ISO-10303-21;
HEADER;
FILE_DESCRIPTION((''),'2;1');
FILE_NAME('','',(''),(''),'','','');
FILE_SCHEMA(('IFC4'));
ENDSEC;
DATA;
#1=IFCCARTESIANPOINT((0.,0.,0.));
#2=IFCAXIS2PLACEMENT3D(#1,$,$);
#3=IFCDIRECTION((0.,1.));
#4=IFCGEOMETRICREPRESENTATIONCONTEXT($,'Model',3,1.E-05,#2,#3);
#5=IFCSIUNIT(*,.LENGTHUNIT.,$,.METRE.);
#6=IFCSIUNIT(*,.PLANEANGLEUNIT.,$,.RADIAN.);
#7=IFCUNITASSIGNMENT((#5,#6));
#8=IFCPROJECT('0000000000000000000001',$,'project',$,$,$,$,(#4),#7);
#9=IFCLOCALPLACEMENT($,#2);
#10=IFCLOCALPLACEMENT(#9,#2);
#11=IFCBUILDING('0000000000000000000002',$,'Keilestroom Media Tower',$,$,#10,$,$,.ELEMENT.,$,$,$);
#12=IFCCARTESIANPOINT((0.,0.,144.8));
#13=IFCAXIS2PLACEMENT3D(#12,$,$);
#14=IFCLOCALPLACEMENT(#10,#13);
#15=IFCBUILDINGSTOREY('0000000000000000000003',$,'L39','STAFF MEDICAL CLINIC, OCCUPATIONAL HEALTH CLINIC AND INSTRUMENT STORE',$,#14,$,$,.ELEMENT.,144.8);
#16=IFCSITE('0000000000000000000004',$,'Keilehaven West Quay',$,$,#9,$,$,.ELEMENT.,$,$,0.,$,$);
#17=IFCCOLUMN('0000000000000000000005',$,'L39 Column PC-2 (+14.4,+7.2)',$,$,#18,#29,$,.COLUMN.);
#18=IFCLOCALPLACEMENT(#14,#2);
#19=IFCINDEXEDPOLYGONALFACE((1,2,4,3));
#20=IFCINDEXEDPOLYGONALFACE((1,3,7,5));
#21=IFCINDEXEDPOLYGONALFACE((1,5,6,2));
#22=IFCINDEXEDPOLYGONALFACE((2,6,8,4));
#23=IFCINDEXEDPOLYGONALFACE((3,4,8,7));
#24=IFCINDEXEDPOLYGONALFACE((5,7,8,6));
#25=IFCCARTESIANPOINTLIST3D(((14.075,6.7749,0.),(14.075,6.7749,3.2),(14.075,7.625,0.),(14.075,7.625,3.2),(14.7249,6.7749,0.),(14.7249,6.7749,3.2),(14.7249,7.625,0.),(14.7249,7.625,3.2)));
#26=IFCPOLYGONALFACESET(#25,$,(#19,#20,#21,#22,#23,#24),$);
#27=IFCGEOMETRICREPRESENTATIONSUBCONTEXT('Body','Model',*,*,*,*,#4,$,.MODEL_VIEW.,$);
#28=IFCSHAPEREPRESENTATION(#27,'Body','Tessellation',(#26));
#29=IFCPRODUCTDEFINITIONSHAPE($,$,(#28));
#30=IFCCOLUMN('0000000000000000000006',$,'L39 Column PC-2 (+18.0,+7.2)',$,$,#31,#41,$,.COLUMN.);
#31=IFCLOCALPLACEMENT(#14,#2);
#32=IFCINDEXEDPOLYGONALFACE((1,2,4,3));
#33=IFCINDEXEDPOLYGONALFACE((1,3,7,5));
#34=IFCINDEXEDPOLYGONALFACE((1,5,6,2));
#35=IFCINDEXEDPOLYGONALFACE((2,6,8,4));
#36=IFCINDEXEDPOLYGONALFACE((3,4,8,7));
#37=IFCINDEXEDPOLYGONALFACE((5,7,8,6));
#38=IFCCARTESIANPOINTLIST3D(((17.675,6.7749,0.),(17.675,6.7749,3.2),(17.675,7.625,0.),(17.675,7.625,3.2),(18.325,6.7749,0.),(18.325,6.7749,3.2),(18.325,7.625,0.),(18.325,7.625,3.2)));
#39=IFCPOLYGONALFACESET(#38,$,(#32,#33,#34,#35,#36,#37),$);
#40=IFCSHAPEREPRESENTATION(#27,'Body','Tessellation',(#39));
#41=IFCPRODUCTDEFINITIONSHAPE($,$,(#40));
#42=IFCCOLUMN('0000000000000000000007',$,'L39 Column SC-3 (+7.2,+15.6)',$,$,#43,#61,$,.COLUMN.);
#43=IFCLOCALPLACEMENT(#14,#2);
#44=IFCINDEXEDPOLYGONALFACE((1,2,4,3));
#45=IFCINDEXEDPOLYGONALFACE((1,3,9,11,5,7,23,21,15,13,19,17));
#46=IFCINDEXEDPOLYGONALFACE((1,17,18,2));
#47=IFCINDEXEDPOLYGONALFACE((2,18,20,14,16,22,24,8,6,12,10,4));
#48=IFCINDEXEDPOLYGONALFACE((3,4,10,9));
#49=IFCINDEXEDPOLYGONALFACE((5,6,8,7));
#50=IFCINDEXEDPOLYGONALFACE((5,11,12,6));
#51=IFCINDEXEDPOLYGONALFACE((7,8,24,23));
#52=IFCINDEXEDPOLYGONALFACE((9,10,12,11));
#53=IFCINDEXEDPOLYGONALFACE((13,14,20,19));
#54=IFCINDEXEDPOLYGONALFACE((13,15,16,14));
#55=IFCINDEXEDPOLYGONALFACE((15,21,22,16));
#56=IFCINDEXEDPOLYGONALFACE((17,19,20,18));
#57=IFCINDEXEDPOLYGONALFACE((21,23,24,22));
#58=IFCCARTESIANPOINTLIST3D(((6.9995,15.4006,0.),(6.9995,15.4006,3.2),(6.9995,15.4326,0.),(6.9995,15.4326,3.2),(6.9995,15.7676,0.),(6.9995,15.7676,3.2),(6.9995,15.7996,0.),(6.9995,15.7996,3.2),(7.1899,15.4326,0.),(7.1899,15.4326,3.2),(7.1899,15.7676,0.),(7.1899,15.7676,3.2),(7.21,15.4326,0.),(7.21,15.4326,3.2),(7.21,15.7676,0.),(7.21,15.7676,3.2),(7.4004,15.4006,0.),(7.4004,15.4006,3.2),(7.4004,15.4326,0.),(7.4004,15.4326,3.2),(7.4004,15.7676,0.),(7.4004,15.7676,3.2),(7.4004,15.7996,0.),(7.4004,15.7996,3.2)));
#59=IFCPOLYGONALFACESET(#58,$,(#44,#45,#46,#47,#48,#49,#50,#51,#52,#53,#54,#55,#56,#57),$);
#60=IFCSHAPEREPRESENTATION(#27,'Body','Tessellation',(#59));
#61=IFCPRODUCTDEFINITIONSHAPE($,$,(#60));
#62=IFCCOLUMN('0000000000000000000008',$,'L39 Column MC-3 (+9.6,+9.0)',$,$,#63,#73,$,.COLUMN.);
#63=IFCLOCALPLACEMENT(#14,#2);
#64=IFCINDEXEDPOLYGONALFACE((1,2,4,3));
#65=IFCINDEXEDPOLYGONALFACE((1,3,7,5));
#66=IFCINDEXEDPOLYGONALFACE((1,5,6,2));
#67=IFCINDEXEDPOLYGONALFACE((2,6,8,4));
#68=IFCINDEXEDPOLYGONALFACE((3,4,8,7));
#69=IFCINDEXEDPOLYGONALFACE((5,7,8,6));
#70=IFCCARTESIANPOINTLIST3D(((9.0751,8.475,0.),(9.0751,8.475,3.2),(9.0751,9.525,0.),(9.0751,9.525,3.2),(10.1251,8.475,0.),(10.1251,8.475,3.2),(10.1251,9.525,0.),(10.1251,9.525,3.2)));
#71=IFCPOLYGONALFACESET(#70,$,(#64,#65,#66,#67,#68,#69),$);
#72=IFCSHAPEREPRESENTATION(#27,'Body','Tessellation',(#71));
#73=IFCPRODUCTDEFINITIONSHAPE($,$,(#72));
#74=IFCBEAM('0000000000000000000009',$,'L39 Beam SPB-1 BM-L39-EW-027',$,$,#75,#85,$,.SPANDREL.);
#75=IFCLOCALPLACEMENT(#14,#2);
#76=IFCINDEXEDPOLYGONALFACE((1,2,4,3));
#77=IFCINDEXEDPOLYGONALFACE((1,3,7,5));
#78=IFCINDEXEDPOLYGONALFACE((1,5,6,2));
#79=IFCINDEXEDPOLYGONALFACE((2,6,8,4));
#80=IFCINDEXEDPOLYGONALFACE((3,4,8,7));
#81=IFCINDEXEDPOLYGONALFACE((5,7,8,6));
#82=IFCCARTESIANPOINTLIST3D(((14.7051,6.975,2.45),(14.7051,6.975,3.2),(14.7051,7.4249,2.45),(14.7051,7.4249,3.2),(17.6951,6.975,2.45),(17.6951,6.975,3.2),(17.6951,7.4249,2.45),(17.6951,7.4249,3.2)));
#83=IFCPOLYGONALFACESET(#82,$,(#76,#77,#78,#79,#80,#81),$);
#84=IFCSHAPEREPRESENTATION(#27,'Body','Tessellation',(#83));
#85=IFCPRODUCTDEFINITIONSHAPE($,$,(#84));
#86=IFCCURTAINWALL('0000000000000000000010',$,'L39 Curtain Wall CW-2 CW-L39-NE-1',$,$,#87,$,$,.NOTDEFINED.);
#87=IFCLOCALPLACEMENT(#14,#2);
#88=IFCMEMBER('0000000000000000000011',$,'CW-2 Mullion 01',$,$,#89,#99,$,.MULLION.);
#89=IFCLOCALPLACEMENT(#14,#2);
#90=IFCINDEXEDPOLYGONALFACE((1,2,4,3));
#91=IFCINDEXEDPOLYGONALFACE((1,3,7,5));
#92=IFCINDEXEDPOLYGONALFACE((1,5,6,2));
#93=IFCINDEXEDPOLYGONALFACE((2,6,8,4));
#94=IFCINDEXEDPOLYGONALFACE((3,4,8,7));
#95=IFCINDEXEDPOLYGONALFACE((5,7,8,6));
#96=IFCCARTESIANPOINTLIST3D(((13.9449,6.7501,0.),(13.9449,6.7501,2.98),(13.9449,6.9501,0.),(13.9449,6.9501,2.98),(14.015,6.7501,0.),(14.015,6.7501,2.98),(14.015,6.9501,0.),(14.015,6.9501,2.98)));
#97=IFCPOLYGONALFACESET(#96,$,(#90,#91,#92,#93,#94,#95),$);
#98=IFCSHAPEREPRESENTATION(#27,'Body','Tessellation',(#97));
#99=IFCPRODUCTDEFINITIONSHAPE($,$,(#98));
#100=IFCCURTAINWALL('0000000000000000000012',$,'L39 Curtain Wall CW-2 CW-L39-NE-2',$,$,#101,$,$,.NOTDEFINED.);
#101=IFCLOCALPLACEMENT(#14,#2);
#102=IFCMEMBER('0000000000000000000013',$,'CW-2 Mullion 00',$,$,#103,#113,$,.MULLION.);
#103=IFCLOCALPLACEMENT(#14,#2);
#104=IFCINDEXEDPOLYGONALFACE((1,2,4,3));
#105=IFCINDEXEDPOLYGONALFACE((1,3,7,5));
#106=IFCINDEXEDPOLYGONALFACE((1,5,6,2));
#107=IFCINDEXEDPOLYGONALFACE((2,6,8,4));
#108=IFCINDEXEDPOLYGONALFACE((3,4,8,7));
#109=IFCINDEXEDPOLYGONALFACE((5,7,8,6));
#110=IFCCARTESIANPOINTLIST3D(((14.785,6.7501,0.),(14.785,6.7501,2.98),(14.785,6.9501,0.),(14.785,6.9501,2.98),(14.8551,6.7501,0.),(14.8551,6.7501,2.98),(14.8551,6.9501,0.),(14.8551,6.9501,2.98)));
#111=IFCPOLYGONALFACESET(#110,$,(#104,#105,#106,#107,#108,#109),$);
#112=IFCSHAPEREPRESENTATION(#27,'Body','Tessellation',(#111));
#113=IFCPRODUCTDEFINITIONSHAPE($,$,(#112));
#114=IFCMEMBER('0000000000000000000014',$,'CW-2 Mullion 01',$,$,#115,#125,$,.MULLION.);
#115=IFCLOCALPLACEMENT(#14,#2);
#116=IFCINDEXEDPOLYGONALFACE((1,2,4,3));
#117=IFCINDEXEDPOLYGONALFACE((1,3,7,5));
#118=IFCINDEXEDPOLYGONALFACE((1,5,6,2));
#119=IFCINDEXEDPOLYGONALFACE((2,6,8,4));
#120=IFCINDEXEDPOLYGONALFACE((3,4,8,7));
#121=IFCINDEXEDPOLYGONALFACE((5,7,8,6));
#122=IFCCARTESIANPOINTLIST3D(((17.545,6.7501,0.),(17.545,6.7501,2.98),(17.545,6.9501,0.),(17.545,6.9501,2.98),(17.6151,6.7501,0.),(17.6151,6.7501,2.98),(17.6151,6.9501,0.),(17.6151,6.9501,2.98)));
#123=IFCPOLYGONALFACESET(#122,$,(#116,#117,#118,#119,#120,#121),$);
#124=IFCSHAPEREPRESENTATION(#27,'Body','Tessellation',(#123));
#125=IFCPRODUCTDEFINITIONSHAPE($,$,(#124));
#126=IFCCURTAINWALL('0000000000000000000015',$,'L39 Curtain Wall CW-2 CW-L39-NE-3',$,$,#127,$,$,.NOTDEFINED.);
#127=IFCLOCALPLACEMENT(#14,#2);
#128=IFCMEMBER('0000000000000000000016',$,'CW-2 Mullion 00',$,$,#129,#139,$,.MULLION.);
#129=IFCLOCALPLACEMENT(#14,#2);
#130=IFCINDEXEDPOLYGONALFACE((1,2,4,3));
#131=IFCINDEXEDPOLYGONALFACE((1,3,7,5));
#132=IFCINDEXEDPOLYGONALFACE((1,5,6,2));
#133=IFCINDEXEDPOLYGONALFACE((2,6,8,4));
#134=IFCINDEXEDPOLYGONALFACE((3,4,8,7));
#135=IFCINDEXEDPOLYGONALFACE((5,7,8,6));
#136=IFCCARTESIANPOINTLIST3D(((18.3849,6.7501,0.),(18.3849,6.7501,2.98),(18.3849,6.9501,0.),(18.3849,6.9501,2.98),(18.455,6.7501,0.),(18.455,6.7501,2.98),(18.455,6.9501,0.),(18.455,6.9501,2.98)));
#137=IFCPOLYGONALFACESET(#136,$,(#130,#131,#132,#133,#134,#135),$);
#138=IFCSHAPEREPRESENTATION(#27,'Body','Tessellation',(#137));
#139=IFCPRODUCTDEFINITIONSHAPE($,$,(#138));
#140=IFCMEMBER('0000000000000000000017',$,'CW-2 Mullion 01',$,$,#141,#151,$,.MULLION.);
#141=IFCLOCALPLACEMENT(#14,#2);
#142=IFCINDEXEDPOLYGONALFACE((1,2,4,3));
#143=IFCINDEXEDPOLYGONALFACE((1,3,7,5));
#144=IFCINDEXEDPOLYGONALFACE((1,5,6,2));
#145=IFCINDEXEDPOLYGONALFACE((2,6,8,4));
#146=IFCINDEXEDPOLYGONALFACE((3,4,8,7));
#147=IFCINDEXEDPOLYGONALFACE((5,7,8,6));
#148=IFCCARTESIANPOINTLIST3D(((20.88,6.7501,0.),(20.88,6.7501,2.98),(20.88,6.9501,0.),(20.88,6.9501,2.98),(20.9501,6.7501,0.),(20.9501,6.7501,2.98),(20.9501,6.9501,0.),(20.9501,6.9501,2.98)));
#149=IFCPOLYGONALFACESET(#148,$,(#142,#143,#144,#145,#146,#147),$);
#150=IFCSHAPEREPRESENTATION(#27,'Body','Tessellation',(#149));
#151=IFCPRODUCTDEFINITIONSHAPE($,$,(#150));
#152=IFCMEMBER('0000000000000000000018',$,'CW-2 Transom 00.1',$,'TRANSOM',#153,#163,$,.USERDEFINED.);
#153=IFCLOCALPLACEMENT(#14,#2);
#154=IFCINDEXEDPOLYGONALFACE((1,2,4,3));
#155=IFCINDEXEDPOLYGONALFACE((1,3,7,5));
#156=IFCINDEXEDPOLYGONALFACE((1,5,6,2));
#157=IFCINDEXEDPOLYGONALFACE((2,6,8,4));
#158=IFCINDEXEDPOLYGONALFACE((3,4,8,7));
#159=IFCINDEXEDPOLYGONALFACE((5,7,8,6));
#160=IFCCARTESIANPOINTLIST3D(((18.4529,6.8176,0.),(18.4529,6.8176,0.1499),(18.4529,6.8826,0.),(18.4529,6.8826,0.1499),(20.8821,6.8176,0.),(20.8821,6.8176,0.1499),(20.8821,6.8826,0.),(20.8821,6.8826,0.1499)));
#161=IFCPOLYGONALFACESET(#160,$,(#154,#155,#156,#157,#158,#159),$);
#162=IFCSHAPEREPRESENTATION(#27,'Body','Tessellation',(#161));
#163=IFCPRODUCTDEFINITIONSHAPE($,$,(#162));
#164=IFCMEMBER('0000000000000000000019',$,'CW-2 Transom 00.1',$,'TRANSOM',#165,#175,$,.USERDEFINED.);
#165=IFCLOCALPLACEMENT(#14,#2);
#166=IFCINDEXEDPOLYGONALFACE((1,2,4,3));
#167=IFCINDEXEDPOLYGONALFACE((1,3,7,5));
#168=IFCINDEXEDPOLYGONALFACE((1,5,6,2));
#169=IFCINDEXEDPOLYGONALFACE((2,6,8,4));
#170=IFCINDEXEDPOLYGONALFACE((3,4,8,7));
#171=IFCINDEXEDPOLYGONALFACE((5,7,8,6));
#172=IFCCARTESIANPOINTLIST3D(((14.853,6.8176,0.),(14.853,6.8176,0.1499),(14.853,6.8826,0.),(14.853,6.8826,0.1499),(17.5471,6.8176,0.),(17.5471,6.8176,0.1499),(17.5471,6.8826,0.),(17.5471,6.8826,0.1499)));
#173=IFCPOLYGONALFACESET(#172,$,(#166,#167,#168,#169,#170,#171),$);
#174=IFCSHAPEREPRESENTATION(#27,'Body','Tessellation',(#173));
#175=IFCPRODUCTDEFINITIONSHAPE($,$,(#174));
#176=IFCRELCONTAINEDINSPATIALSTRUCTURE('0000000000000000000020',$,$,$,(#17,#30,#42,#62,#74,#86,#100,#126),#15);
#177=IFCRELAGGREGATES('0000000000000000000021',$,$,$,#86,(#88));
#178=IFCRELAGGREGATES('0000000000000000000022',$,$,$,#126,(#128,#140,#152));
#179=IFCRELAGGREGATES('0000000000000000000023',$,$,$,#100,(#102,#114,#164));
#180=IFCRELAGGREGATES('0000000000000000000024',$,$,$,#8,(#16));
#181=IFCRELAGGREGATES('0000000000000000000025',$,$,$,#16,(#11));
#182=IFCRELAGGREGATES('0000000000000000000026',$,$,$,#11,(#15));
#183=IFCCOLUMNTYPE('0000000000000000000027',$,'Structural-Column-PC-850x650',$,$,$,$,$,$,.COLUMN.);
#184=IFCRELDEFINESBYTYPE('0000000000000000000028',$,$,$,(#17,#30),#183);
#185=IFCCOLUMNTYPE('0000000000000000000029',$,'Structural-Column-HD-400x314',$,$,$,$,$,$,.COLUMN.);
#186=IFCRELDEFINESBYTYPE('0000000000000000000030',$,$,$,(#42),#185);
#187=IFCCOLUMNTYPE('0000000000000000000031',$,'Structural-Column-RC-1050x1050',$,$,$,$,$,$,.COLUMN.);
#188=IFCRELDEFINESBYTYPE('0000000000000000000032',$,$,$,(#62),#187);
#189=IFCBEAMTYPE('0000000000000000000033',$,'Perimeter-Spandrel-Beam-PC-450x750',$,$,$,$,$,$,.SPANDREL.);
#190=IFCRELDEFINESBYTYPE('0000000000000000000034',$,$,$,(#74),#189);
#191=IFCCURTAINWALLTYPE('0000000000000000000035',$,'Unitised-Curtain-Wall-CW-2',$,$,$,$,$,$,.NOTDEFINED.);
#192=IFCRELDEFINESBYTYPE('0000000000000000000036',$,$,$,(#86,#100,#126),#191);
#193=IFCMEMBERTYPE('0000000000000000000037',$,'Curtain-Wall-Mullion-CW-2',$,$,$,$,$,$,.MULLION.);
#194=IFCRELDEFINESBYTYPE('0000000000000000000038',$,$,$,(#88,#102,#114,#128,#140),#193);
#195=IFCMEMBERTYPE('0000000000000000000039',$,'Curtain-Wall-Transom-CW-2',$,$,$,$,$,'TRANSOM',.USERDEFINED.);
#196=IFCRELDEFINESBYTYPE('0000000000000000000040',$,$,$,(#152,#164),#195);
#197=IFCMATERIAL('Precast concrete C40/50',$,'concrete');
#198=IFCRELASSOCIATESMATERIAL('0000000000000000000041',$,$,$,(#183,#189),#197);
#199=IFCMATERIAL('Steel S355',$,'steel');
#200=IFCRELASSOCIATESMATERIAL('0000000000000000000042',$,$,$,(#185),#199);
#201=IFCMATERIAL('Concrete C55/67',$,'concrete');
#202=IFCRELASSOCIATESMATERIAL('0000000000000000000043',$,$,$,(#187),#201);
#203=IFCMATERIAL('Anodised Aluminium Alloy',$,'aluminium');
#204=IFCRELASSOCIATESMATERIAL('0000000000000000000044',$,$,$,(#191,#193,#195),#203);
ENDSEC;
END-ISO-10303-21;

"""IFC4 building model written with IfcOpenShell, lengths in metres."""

from ifc_helpers import new_model, si_unit, direction, frame, origin, origin_2d, place, context, subcontext, project, spatial, rectangle, i_section, extrude, source, transform, mapped, material, material_profile, profile_set, type_object, element, aggregate, save


model = new_model("IFC4")

# Units and contexts
model_context = context("Model", 3, precision=1e-05, world=origin(), true_north=direction((0.0, 1.0)))
body_context = subcontext(model_context, "Body", "Model", "MODEL_VIEW")
ifc_project = project(units=[si_unit("LENGTHUNIT", "METRE"), si_unit("PLANEANGLEUNIT", "RADIAN")], contexts=[model_context])

# Site, building, storey
site_placement = place(None, origin())
site = spatial("IfcSite", under=ifc_project, at=site_placement, Name="Keilehaven West Quay", CompositionType="ELEMENT", RefElevation=0.0)
building_placement = place(site_placement, origin())
building = spatial("IfcBuilding", under=site, at=building_placement, Name="Keilestroom Media Tower", CompositionType="ELEMENT")
storey_placement = place(building_placement, frame((0.0, 0.0, 144.8)))
storey = spatial("IfcBuildingStorey", under=building, at=storey_placement, Name="L39", Description="STAFF MEDICAL CLINIC, OCCUPATIONAL HEALTH CLINIC AND INSTRUMENT STORE", CompositionType="ELEMENT", Elevation=144.8)

# Columns
ifc_material_1 = material(Name="Precast concrete C40/50", Category="concrete")
ifc_material_profile_1 = material_profile(ifc_material_1, rectangle(XDim=0.6499, YDim=0.8501, at=origin_2d()), Name="PC 850x650")
ifc_profile_set_1 = profile_set([ifc_material_profile_1], Name="Precast concrete C40/50")
column_type_1 = type_object("IfcColumnType", Name="Structural-Column-PC-850x650", PredefinedType="COLUMN", material=ifc_profile_set_1)
shared_shape_1 = source(origin(), body_context, "Body", "SweptSolid", [
    extrude(rectangle(XDim=0.6499, YDim=0.8501, at=origin_2d()), origin(), (0.0, 0.0, 1.0), 3.2),
])
for number, where, z_axis, x_axis, name in (
    (1, (14.3999, 7.2, 0.0), (0.0, 0.0, 1.0), (1.0, 0.0, 0.0), "L39 Column PC-2 (+14.4,+7.2)"),
    (2, (18.0, 7.2, 0.0), (0.0, 0.0, 1.0), (1.0, 0.0, 0.0), "L39 Column PC-2 (+18.0,+7.2)"),
):
    element("IfcColumn", number, at=place(storey_placement, frame(where, z_axis=z_axis, x_axis=x_axis)), inside=storey, type_object=column_type_1, Name=name, PredefinedType="COLUMN", context=body_context, shape_type="MappedRepresentation", body=[
        mapped(shared_shape_1, transform((0.0, 0.0, 0.0), x_axis=(1.0, 0.0, 0.0), y_axis=(0.0, 1.0, 0.0), z_axis=(0.0, 0.0, 1.0), scale=1.0)),
    ])
ifc_material_2 = material(Name="Steel S355", Category="steel")
ifc_material_profile_2 = material_profile(ifc_material_2, i_section(OverallWidth=0.4009, OverallDepth=0.3989, WebThickness=0.02, FlangeThickness=0.032, at=origin_2d()), Name="HD 400x314")
ifc_profile_set_2 = profile_set([ifc_material_profile_2], Name="Steel S355")
column_type_2 = type_object("IfcColumnType", Name="Structural-Column-HD-400x314", PredefinedType="COLUMN", material=ifc_profile_set_2)
shared_shape_2 = source(origin(), body_context, "Body", "SweptSolid", [
    extrude(i_section(OverallWidth=0.4009, OverallDepth=0.3989, WebThickness=0.02, FlangeThickness=0.032, at=origin_2d()), origin(), (0.0, 0.0, 1.0), 3.2),
])
column_1_placement = place(storey_placement, frame((7.2, 15.6001, 0.0), z_axis=(0.0, 0.0, 1.0), x_axis=(1.0, 0.0, 0.0)))
element("IfcColumn", 3, at=column_1_placement, inside=storey, type_object=column_type_2, Name="L39 Column SC-3 (+7.2,+15.6)", PredefinedType="COLUMN", context=body_context, shape_type="MappedRepresentation", body=[
    mapped(shared_shape_2, transform((0.0, 0.0, 0.0), x_axis=(1.0, 0.0, 0.0), y_axis=(0.0, 1.0, 0.0), z_axis=(0.0, 0.0, 1.0), scale=1.0)),
])
ifc_material_3 = material(Name="Concrete C55/67", Category="concrete")
ifc_material_profile_3 = material_profile(ifc_material_3, rectangle(XDim=1.05, YDim=1.05, at=origin_2d()), Name="RC 1050x1050")
ifc_profile_set_3 = profile_set([ifc_material_profile_3], Name="Concrete C55/67")
column_type_3 = type_object("IfcColumnType", Name="Structural-Column-RC-1050x1050", PredefinedType="COLUMN", material=ifc_profile_set_3)
shared_shape_3 = source(origin(), body_context, "Body", "SweptSolid", [
    extrude(rectangle(XDim=1.05, YDim=1.05, at=origin_2d()), origin(), (0.0, 0.0, 1.0), 3.2),
])
column_2_placement = place(storey_placement, frame((9.6001, 9.0, 0.0), z_axis=(0.0, 0.0, 1.0), x_axis=(1.0, 0.0, 0.0)))
element("IfcColumn", 4, at=column_2_placement, inside=storey, type_object=column_type_3, Name="L39 Column MC-3 (+9.6,+9.0)", PredefinedType="COLUMN", context=body_context, shape_type="MappedRepresentation", body=[
    mapped(shared_shape_3, transform((0.0, 0.0, 0.0), x_axis=(1.0, 0.0, 0.0), y_axis=(0.0, 1.0, 0.0), z_axis=(0.0, 0.0, 1.0), scale=1.0)),
])

# Beam
ifc_material_profile_4 = material_profile(ifc_material_1, rectangle(XDim=0.45, YDim=0.75, at=origin_2d()), Name="PC 450x750")
ifc_profile_set_4 = profile_set([ifc_material_profile_4], Name="Precast concrete C40/50")
beam_type = type_object("IfcBeamType", Name="Perimeter-Spandrel-Beam-PC-450x750", PredefinedType="SPANDREL", material=ifc_profile_set_4)
shared_shape_4 = source(origin(), body_context, "Body", "SweptSolid", [
    extrude(rectangle(XDim=0.45, YDim=0.75, at=origin_2d()), origin(), (0.0, 0.0, 1.0), 2.99),
])
beam_placement = place(storey_placement, frame((14.7051, 7.2, 2.825), z_axis=(1.0, 0.0, 0.0), x_axis=(0.0, 1.0, 0.0)))
element("IfcBeam", 5, at=beam_placement, inside=storey, type_object=beam_type, Name="L39 Beam SPB-1 BM-L39-EW-027", PredefinedType="SPANDREL", context=body_context, shape_type="MappedRepresentation", body=[
    mapped(shared_shape_4, transform((0.0, 0.0, 0.0), x_axis=(1.0, 0.0, 0.0), y_axis=(0.0, 1.0, 0.0), z_axis=(0.0, 0.0, 1.0), scale=1.0)),
])

# Curtain wall, member
ifc_material_4 = material(Name="Anodised Aluminium Alloy", Category="aluminium")
curtain_wall_type = type_object("IfcCurtainWallType", Name="Unitised-Curtain-Wall-CW-2", PredefinedType="NOTDEFINED", material=ifc_material_4)
curtain_wall_1_placement = place(storey_placement, origin())
curtain_wall_1 = element("IfcCurtainWall", 6, at=curtain_wall_1_placement, inside=storey, type_object=curtain_wall_type, Name="L39 Curtain Wall CW-2 CW-L39-NE-1", PredefinedType="NOTDEFINED")
ifc_material_profile_5 = material_profile(ifc_material_4, rectangle(XDim=0.0701, YDim=0.2, at=origin_2d()), Name="ALU MULLION 70x200")
ifc_profile_set_5 = profile_set([ifc_material_profile_5], Name="Anodised Aluminium Alloy")
member_type_1 = type_object("IfcMemberType", Name="Curtain-Wall-Mullion-CW-2", PredefinedType="MULLION", material=ifc_profile_set_5)
shared_shape_5 = source(origin(), body_context, "Body", "SweptSolid", [
    extrude(rectangle(XDim=0.0701, YDim=0.2, at=origin_2d()), origin(), (0.0, 0.0, 1.0), 2.98),
])
member_1_placement = place(storey_placement, frame((13.98, 6.8501, 0.0), z_axis=(0.0, 0.0, 1.0), x_axis=(1.0, 0.0, 0.0)))
member_1 = element("IfcMember", 7, at=member_1_placement, type_object=member_type_1, Name="CW-2 Mullion 01", PredefinedType="MULLION", context=body_context, shape_type="MappedRepresentation", body=[
    mapped(shared_shape_5, transform((0.0, 0.0, 0.0), x_axis=(1.0, 0.0, 0.0), y_axis=(0.0, 1.0, 0.0), z_axis=(0.0, 0.0, 1.0), scale=1.0)),
])
aggregate(curtain_wall_1, [member_1])

# Curtain walls, members
curtain_wall_2_placement = place(storey_placement, origin())
curtain_wall_2 = element("IfcCurtainWall", 8, at=curtain_wall_2_placement, inside=storey, type_object=curtain_wall_type, Name="L39 Curtain Wall CW-2 CW-L39-NE-2", PredefinedType="NOTDEFINED")
member_2_placement = place(storey_placement, frame((14.8201, 6.8501, 0.0), z_axis=(0.0, 0.0, 1.0), x_axis=(1.0, 0.0, 0.0)))
member_2 = element("IfcMember", 9, at=member_2_placement, type_object=member_type_1, Name="CW-2 Mullion 00", PredefinedType="MULLION", context=body_context, shape_type="MappedRepresentation", body=[
    mapped(shared_shape_5, transform((0.0, 0.0, 0.0), x_axis=(1.0, 0.0, 0.0), y_axis=(0.0, 1.0, 0.0), z_axis=(0.0, 0.0, 1.0), scale=1.0)),
])
member_3_placement = place(storey_placement, frame((17.5801, 6.8501, 0.0), z_axis=(0.0, 0.0, 1.0), x_axis=(1.0, 0.0, 0.0)))
member_3 = element("IfcMember", 10, at=member_3_placement, type_object=member_type_1, Name="CW-2 Mullion 01", PredefinedType="MULLION", context=body_context, shape_type="MappedRepresentation", body=[
    mapped(shared_shape_5, transform((0.0, 0.0, 0.0), x_axis=(1.0, 0.0, 0.0), y_axis=(0.0, 1.0, 0.0), z_axis=(0.0, 0.0, 1.0), scale=1.0)),
])
curtain_wall_3_placement = place(storey_placement, origin())
curtain_wall_3 = element("IfcCurtainWall", 11, at=curtain_wall_3_placement, inside=storey, type_object=curtain_wall_type, Name="L39 Curtain Wall CW-2 CW-L39-NE-3", PredefinedType="NOTDEFINED")
member_4_placement = place(storey_placement, frame((18.4199, 6.8501, 0.0), z_axis=(0.0, 0.0, 1.0), x_axis=(1.0, 0.0, 0.0)))
member_4 = element("IfcMember", 12, at=member_4_placement, type_object=member_type_1, Name="CW-2 Mullion 00", PredefinedType="MULLION", context=body_context, shape_type="MappedRepresentation", body=[
    mapped(shared_shape_5, transform((0.0, 0.0, 0.0), x_axis=(1.0, 0.0, 0.0), y_axis=(0.0, 1.0, 0.0), z_axis=(0.0, 0.0, 1.0), scale=1.0)),
])
member_5_placement = place(storey_placement, frame((20.915, 6.8501, 0.0), z_axis=(0.0, 0.0, 1.0), x_axis=(1.0, 0.0, 0.0)))
member_5 = element("IfcMember", 13, at=member_5_placement, type_object=member_type_1, Name="CW-2 Mullion 01", PredefinedType="MULLION", context=body_context, shape_type="MappedRepresentation", body=[
    mapped(shared_shape_5, transform((0.0, 0.0, 0.0), x_axis=(1.0, 0.0, 0.0), y_axis=(0.0, 1.0, 0.0), z_axis=(0.0, 0.0, 1.0), scale=1.0)),
])
ifc_material_profile_6 = material_profile(ifc_material_4, rectangle(XDim=0.0649, YDim=0.1499, at=origin_2d()), Name="ALU TRANSOM 65x150")
ifc_profile_set_6 = profile_set([ifc_material_profile_6], Name="Anodised Aluminium Alloy")
member_type_2 = type_object("IfcMemberType", Name="Curtain-Wall-Transom-CW-2", ElementType="TRANSOM", PredefinedType="USERDEFINED", material=ifc_profile_set_6)
shared_shape_6 = source(origin(), body_context, "Body", "SweptSolid", [
    extrude(rectangle(XDim=0.0649, YDim=0.1499, at=origin_2d()), origin(), (0.0, 0.0, 1.0), 2.4292),
])
member_6_placement = place(storey_placement, frame((18.4529, 6.8501, 0.075), z_axis=(1.0, 0.0, 0.0), x_axis=(0.0, 1.0, 0.0)))
member_6 = element("IfcMember", 14, at=member_6_placement, type_object=member_type_2, Name="CW-2 Transom 00.1", ObjectType="TRANSOM", PredefinedType="USERDEFINED", context=body_context, shape_type="MappedRepresentation", body=[
    mapped(shared_shape_6, transform((0.0, 0.0, 0.0), x_axis=(1.0, 0.0, 0.0), y_axis=(0.0, 1.0, 0.0), z_axis=(0.0, 0.0, 1.0), scale=1.0)),
])

# Member
shared_shape_7 = source(origin(), body_context, "Body", "SweptSolid", [
    extrude(rectangle(XDim=0.0649, YDim=0.1499, at=origin_2d()), origin(), (0.0, 0.0, 1.0), 2.6941),
])
member_7_placement = place(storey_placement, frame((14.853, 6.8501, 0.075), z_axis=(1.0, 0.0, 0.0), x_axis=(0.0, 1.0, 0.0)))
member_7 = element("IfcMember", 15, at=member_7_placement, type_object=member_type_2, Name="CW-2 Transom 00.1", ObjectType="TRANSOM", PredefinedType="USERDEFINED", context=body_context, shape_type="MappedRepresentation", body=[
    mapped(shared_shape_7, transform((0.0, 0.0, 0.0), x_axis=(1.0, 0.0, 0.0), y_axis=(0.0, 1.0, 0.0), z_axis=(0.0, 0.0, 1.0), scale=1.0)),
])

aggregate(curtain_wall_3, [member_4, member_5, member_6])
aggregate(curtain_wall_2, [member_2, member_3, member_7])

save(model, "model.ifc")
